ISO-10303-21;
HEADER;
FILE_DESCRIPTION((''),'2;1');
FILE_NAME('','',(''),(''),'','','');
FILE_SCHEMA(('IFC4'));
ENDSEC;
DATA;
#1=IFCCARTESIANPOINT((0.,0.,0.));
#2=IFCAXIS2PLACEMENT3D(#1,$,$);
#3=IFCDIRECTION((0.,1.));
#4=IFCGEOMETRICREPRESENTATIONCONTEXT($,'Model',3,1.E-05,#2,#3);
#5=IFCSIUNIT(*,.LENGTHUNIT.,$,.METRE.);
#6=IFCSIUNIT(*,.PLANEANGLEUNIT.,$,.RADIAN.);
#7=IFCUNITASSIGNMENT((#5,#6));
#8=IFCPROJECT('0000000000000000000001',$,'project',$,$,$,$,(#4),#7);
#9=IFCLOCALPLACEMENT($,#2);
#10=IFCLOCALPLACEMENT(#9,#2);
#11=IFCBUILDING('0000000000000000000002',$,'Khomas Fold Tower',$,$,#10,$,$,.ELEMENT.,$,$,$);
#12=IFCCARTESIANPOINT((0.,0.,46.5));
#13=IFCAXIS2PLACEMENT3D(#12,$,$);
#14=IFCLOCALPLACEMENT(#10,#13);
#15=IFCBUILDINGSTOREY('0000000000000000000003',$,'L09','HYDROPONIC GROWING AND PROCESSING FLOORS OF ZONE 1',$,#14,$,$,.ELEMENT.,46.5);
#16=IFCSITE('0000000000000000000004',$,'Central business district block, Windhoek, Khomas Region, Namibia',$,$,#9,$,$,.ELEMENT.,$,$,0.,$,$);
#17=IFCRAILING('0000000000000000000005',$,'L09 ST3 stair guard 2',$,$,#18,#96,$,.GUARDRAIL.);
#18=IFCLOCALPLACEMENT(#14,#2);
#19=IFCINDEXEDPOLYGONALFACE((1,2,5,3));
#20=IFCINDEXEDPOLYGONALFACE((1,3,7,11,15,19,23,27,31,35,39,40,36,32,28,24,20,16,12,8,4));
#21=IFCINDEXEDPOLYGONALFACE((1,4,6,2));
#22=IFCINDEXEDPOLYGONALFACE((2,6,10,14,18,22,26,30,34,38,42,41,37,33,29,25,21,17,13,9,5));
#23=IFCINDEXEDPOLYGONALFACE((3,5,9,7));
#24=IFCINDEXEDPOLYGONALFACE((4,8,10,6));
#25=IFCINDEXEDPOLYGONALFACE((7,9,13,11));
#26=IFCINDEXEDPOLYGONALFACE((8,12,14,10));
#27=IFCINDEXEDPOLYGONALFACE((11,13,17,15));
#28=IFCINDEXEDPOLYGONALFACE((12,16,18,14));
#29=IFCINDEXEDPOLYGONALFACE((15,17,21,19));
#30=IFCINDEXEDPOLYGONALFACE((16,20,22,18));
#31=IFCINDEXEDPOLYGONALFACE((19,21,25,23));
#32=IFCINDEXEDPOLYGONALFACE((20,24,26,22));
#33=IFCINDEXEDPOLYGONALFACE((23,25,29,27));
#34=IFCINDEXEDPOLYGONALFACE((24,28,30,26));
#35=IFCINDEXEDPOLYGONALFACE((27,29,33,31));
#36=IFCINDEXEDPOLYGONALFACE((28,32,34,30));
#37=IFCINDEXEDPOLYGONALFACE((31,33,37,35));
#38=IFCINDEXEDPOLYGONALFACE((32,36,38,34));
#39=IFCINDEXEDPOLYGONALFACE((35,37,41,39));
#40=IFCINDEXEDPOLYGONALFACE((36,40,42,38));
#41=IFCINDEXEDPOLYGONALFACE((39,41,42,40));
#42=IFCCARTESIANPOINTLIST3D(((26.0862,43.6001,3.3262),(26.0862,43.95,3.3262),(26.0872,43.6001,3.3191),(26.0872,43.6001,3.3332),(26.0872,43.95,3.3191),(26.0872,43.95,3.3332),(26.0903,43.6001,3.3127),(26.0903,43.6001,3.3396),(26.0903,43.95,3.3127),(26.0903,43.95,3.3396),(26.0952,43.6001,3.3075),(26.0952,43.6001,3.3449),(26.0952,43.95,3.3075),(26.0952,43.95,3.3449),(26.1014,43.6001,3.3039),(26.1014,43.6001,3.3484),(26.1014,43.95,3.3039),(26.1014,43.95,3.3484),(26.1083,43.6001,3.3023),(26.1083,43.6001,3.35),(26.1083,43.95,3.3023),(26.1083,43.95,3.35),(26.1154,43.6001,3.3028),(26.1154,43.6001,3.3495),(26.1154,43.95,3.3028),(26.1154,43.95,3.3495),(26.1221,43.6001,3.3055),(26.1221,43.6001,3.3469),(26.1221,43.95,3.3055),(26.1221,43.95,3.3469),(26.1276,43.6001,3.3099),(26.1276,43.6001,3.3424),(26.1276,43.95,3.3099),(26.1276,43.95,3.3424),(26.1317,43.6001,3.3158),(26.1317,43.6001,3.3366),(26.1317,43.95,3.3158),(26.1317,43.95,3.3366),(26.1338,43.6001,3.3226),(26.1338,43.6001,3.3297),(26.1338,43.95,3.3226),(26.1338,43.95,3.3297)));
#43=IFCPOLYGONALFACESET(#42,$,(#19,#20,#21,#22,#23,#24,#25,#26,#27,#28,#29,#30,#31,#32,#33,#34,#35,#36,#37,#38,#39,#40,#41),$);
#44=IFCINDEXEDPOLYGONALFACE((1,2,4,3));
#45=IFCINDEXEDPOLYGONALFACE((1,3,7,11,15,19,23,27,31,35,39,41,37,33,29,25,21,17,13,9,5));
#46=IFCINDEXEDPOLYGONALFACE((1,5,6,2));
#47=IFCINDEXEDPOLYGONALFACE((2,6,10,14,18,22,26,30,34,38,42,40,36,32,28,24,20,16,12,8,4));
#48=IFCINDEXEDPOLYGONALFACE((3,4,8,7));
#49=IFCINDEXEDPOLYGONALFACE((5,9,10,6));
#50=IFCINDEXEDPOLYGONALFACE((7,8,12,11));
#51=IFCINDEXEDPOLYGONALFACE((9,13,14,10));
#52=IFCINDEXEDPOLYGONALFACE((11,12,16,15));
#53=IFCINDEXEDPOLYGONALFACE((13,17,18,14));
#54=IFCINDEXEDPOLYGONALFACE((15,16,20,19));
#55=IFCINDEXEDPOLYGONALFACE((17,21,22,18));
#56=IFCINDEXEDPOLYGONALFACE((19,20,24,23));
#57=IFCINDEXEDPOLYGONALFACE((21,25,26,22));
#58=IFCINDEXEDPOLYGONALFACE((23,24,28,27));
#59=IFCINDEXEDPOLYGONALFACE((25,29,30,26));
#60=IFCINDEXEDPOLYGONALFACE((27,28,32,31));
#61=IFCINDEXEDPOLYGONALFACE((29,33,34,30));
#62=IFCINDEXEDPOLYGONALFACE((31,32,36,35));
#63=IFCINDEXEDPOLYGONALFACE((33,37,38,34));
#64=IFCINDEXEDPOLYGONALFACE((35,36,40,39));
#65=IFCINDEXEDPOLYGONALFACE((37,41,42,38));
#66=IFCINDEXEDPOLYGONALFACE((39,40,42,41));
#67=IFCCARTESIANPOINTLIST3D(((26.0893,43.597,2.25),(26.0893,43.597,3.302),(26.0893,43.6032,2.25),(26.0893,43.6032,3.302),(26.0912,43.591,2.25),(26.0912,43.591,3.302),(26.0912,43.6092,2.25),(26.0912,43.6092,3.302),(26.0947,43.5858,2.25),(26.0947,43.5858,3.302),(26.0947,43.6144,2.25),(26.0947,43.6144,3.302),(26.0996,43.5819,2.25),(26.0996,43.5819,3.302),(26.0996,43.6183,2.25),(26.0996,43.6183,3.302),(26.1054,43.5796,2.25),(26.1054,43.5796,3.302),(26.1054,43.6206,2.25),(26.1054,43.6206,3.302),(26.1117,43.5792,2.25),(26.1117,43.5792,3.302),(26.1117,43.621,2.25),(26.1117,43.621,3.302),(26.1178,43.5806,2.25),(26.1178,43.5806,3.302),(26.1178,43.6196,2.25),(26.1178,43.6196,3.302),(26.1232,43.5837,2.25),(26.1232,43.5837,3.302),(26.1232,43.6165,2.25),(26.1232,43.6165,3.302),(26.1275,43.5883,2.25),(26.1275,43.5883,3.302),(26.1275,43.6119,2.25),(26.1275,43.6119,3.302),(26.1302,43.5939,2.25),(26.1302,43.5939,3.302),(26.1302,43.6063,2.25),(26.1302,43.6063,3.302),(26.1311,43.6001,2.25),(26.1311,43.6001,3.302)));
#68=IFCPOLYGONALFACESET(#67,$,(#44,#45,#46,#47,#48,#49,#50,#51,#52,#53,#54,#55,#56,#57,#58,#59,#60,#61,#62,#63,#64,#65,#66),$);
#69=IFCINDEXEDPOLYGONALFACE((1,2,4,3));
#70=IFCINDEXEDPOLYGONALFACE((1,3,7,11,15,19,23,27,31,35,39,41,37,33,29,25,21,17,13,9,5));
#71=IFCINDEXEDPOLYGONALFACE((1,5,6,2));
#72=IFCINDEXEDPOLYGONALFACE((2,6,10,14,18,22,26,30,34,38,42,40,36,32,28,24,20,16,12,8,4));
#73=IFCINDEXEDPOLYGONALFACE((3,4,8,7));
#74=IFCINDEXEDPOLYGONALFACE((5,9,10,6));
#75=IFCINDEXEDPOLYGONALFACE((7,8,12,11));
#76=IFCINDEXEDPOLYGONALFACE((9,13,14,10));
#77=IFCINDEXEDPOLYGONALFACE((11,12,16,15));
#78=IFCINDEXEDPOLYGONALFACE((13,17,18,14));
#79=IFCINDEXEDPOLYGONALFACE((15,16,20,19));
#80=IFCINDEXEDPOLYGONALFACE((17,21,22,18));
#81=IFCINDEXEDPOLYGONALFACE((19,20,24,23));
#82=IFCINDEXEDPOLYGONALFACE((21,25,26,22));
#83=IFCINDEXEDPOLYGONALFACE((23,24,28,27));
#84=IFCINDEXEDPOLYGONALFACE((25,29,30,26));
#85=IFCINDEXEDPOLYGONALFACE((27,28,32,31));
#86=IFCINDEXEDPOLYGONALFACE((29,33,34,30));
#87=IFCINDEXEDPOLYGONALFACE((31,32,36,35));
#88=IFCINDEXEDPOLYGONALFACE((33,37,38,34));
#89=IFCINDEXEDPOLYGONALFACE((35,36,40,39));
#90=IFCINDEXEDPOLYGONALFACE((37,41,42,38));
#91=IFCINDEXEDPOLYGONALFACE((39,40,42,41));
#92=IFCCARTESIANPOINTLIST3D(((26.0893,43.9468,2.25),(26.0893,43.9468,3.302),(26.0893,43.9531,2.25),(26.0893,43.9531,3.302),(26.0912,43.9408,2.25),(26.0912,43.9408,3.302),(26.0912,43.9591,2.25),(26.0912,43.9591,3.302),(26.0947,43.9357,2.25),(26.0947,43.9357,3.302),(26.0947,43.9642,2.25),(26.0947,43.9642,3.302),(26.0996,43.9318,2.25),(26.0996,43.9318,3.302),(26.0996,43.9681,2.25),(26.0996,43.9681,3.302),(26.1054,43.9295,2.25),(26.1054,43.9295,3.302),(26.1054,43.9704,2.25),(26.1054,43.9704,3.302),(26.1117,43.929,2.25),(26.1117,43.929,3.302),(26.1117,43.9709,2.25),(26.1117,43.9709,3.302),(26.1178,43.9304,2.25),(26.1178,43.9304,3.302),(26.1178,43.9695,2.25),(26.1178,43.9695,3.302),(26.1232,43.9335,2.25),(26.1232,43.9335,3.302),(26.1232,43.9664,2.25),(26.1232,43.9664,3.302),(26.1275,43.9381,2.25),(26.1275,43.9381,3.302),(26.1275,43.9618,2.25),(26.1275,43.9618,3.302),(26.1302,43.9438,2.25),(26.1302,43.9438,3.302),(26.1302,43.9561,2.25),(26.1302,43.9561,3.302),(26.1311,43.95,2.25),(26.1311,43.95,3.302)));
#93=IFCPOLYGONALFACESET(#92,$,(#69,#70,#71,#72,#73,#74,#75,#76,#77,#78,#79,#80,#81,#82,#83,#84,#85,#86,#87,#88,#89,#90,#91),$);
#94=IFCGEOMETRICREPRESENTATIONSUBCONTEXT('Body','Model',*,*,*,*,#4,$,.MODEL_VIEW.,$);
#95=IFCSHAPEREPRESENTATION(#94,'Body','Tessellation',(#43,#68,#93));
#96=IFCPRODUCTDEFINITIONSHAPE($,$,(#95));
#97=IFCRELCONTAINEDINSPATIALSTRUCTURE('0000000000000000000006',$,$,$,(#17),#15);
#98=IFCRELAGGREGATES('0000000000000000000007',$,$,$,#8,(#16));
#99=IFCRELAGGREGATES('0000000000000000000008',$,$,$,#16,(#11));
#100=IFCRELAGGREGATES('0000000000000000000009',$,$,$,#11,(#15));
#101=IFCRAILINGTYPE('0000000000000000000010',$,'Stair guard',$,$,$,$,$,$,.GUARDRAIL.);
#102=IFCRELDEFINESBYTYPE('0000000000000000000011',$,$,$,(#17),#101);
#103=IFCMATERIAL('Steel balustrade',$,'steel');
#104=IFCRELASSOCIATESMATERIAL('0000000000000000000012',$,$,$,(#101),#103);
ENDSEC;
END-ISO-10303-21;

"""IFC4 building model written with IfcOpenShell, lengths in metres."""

from ifc_helpers import new_model, si_unit, direction, frame, origin, origin_2d, place, context, subcontext, project, spatial, circle, extrude, source, transform, mapped, material, type_object, element, save


model = new_model("IFC4")

# Units and contexts
model_context = context("Model", 3, precision=1e-05, world=origin(), true_north=direction((0.0, 1.0)))
body_context = subcontext(model_context, "Body", "Model", "MODEL_VIEW")
ifc_project = project(units=[si_unit("LENGTHUNIT", "METRE"), si_unit("PLANEANGLEUNIT", "RADIAN")], contexts=[model_context])

# Site, building, storey
site_placement = place(None, origin())
site = spatial("IfcSite", under=ifc_project, at=site_placement, Name="Central business district block, Windhoek, Khomas Region, Namibia", CompositionType="ELEMENT", RefElevation=0.0)
building_placement = place(site_placement, origin())
building = spatial("IfcBuilding", under=site, at=building_placement, Name="Khomas Fold Tower", CompositionType="ELEMENT")
storey_placement = place(building_placement, frame((0.0, 0.0, 46.5)))
storey = spatial("IfcBuildingStorey", under=building, at=storey_placement, Name="L09", Description="HYDROPONIC GROWING AND PROCESSING FLOORS OF ZONE 1", CompositionType="ELEMENT", Elevation=46.5)

# Railing
ifc_material_1 = material(Name="Steel balustrade", Category="steel")
railing_type = type_object("IfcRailingType", Name="Stair guard", PredefinedType="GUARDRAIL", material=ifc_material_1)
shared_shape_1 = source(origin(), body_context, "Body", "SweptSolid", [
    extrude(circle(Radius=0.0239, at=origin_2d()), frame((0.0, 0.0, 1.0762), z_axis=(0.0, 1.0, 0.0), x_axis=(-1.0, 0.0, 0.0)), (0.0, 0.0, 1.0), 0.3499),
    extrude(circle(Radius=0.021, at=origin_2d()), origin(), (0.0, 0.0, 1.0), 1.052),
    extrude(circle(Radius=0.021, at=origin_2d()), frame((0.0, 0.3499, 0.0)), (0.0, 0.0, 1.0), 1.052),
])
railing_placement = place(storey_placement, frame((26.1101, 43.6001, 2.25)))
element("IfcRailing", 1, at=railing_placement, inside=storey, type_object=railing_type, Name="L09 ST3 stair guard 2", PredefinedType="GUARDRAIL", context=body_context, shape_type="MappedRepresentation", body=[
    mapped(shared_shape_1, transform((0.0, 0.0, 0.0))),
])

save(model, "model.ifc")
